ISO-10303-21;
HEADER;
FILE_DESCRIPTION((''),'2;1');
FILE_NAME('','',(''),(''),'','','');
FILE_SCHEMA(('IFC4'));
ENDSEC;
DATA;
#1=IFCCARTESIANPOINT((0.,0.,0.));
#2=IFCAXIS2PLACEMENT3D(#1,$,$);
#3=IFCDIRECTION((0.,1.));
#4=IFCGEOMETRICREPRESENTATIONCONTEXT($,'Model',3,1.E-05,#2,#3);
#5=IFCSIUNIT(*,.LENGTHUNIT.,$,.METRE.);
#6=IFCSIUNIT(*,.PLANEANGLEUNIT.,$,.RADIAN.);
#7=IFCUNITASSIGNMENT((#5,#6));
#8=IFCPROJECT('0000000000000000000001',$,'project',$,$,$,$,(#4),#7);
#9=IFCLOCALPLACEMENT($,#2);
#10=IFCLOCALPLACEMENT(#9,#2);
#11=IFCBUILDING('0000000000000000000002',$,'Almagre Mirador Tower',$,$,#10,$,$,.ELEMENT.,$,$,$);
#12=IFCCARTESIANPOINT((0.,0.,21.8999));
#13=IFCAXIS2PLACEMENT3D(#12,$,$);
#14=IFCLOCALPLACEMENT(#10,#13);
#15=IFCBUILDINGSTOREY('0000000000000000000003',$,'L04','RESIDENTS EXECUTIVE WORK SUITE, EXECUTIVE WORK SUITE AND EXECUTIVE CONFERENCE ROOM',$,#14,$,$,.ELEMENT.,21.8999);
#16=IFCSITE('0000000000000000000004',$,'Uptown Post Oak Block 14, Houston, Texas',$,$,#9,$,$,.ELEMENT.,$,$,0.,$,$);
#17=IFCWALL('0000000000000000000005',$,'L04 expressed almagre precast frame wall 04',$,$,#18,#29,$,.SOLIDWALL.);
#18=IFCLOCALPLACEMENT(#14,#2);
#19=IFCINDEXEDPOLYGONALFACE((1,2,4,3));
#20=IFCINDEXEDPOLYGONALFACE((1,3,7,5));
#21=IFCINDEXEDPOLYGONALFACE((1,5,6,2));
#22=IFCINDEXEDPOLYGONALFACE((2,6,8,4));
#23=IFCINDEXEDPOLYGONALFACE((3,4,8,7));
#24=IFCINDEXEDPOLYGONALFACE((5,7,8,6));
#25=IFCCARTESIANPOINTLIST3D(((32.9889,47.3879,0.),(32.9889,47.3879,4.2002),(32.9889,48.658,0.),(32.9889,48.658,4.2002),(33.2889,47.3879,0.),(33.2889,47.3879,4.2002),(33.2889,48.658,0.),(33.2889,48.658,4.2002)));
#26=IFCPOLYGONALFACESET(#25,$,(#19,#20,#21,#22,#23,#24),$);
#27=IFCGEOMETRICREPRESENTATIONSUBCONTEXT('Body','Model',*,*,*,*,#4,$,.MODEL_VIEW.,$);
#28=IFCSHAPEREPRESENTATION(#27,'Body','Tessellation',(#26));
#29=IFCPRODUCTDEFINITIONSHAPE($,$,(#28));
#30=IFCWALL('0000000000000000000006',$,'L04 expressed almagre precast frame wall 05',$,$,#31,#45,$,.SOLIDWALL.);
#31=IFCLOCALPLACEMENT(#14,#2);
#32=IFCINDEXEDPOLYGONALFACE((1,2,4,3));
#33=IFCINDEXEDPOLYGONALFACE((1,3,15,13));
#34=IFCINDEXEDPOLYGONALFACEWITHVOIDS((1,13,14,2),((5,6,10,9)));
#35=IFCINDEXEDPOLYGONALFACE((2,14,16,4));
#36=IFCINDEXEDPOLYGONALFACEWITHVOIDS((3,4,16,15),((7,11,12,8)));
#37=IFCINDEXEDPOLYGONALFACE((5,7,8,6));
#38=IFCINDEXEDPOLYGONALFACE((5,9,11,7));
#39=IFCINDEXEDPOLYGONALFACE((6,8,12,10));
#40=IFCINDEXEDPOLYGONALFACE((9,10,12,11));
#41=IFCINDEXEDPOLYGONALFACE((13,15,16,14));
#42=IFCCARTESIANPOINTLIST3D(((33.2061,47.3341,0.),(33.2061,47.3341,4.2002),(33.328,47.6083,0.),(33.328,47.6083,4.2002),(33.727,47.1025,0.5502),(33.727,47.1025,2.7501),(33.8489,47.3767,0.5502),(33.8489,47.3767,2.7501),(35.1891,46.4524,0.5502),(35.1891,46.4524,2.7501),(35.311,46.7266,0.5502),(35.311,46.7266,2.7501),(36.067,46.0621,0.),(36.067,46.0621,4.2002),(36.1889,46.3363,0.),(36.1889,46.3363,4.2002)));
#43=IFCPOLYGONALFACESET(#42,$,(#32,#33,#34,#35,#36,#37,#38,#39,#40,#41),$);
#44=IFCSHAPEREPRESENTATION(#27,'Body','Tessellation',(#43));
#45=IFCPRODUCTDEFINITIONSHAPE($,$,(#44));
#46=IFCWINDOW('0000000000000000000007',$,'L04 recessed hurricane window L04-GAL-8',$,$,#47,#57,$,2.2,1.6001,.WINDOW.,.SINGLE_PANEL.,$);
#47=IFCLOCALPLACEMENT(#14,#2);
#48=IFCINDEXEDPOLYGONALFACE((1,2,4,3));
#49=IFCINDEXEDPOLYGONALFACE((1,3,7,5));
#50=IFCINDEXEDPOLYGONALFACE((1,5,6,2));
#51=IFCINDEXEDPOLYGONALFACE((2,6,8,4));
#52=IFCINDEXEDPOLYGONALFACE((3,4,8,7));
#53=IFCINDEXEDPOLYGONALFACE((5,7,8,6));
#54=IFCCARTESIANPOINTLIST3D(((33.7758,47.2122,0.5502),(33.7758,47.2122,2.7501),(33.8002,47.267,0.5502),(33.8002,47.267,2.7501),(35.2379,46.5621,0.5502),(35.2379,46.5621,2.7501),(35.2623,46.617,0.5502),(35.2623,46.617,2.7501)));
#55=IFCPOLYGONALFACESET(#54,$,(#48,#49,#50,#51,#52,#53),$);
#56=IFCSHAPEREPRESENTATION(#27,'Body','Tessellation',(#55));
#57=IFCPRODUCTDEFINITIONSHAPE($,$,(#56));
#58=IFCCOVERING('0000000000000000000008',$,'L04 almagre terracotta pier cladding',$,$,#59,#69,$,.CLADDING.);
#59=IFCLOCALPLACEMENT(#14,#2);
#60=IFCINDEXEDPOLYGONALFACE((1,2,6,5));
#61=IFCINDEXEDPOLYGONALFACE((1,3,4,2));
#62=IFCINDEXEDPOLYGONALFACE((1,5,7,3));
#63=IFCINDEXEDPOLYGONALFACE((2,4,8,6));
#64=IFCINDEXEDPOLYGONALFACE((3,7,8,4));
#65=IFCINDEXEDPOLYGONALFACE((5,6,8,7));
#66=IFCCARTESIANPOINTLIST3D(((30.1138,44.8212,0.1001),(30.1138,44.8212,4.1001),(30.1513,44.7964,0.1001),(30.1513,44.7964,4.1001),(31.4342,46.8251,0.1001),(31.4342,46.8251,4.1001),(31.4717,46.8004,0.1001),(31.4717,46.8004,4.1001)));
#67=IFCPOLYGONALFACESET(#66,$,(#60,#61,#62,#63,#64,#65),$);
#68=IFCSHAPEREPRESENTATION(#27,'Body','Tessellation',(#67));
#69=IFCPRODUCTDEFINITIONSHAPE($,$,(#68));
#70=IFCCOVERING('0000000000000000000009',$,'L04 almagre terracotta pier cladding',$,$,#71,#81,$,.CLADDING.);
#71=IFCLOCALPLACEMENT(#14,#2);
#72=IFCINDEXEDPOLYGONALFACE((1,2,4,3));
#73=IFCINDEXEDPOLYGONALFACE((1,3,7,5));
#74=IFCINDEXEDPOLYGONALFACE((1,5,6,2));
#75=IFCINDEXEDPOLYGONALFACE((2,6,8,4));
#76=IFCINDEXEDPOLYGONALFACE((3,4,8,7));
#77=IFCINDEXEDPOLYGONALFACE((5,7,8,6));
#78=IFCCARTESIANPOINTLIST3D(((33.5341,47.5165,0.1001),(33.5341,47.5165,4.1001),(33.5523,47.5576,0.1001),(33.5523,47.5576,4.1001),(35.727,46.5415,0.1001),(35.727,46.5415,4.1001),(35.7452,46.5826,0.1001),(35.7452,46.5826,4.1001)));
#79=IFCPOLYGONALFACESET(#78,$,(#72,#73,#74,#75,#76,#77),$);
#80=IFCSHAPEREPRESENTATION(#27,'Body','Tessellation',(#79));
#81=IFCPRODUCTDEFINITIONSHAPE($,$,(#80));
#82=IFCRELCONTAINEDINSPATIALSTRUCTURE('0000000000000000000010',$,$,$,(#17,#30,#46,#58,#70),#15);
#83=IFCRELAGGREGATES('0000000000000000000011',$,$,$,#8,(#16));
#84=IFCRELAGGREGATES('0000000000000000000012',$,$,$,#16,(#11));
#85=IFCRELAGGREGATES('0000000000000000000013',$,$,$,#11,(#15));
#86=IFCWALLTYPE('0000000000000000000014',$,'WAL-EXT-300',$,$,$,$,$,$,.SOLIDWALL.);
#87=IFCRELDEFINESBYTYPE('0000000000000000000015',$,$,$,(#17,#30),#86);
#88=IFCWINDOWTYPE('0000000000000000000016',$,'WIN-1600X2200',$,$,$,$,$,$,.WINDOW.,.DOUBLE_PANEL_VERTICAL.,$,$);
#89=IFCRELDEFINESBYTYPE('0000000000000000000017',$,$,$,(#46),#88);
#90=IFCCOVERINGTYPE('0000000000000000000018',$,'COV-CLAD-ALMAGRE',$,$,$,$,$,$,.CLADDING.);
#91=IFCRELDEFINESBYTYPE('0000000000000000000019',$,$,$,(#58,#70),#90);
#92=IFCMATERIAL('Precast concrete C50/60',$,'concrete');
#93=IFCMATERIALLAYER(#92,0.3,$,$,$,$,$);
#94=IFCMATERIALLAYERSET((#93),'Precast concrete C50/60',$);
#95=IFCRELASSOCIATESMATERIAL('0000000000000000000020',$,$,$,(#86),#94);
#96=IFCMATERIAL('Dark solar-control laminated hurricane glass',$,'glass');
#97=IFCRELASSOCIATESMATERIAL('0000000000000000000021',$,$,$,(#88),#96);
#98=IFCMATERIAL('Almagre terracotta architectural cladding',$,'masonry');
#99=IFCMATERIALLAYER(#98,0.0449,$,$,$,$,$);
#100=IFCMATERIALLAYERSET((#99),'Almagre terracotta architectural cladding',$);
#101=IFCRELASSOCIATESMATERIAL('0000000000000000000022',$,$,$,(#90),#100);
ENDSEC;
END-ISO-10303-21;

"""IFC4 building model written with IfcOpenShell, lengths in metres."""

from ifc_helpers import new_model, si_unit, direction, frame, frame_2d, origin, origin_2d, place, context, subcontext, project, spatial, rectangle, extrude, material, layer, layer_set, type_object, element, fill, save


model = new_model("IFC4")

# Units and contexts
model_context = context("Model", 3, precision=1e-05, world=origin(), true_north=direction((0.0, 1.0)))
body_context = subcontext(model_context, "Body", "Model", "MODEL_VIEW")
ifc_project = project(units=[si_unit("LENGTHUNIT", "METRE"), si_unit("PLANEANGLEUNIT", "RADIAN")], contexts=[model_context])

# Site, building, storey
site_placement = place(None, origin())
site = spatial("IfcSite", under=ifc_project, at=site_placement, Name="Uptown Post Oak Block 14, Houston, Texas", CompositionType="ELEMENT", RefElevation=0.0)
building_placement = place(site_placement, origin())
building = spatial("IfcBuilding", under=site, at=building_placement, Name="Almagre Mirador Tower", CompositionType="ELEMENT")
storey_placement = place(building_placement, frame((0.0, 0.0, 21.8999)))
storey = spatial("IfcBuildingStorey", under=building, at=storey_placement, Name="L04", Description="RESIDENTS EXECUTIVE WORK SUITE, EXECUTIVE WORK SUITE AND EXECUTIVE CONFERENCE ROOM", CompositionType="ELEMENT", Elevation=21.8999)

# Shared definitions
ifc_material_1 = material(Name="Precast concrete C50/60", Category="concrete")
ifc_layer_1 = layer(ifc_material_1, 0.3)
ifc_layer_set_1 = layer_set([ifc_layer_1], Name="Precast concrete C50/60")
wall_type = type_object("IfcWallType", Name="WAL-EXT-300", PredefinedType="SOLIDWALL", material=ifc_layer_set_1)

# Wall
wall_1_placement = place(storey_placement, frame((33.1389, 48.658, 0.0), z_axis=(0.0, 0.0, 1.0), x_axis=(0.0, -1.0, 0.0)))
element("IfcWall", 1, at=wall_1_placement, inside=storey, type_object=wall_type, Name="L04 expressed almagre precast frame wall 04", PredefinedType="SOLIDWALL", context=body_context, shape_type="SweptSolid", body=[
    extrude(rectangle(XDim=1.27, YDim=0.3, at=frame_2d((0.635, 0.0))), origin(), (0.0, 0.0, 1.0), 4.2002),
])

# Wall, opening, window
wall_2_placement = place(storey_placement, frame((33.2671, 47.4712, 0.0), z_axis=(0.0, 0.0, 1.0), x_axis=(0.913754, -0.406269, 0.0)))
wall_2 = element("IfcWall", 2, at=wall_2_placement, inside=storey, type_object=wall_type, Name="L04 expressed almagre precast frame wall 05", PredefinedType="SOLIDWALL", context=body_context, shape_type="SweptSolid", body=[
    extrude(rectangle(XDim=3.1309, YDim=0.3, at=frame_2d((1.5654, 0.0))), origin(), (0.0, 0.0, 1.0), 4.2002),
])
opening_1_placement = place(wall_2_placement, frame((0.5701, 0.0, 0.55)))
opening_1 = element("IfcOpeningElement", 3, at=opening_1_placement, cuts=wall_2, PredefinedType="OPENING", context=body_context, shape_type="SweptSolid", body=[
    extrude(rectangle(XDim=1.6001, YDim=2.2, at=frame_2d((0.8, 1.1001))), frame((0.0, 0.1599, 0.0), z_axis=(0.0, -1.0, 0.0), x_axis=(1.0, 0.0, 0.0)), (0.0, 0.0, 1.0), 0.32),
])
ifc_material_2 = material(Name="Dark solar-control laminated hurricane glass", Category="glass")
window_type_1 = type_object("IfcWindowType", Name="WIN-1600X2200", PartitioningType="DOUBLE_PANEL_VERTICAL", PredefinedType="WINDOW", material=ifc_material_2)
window_1_placement = place(opening_1_placement, origin())
window_1 = element("IfcWindow", 4, at=window_1_placement, inside=storey, type_object=window_type_1, Name="L04 recessed hurricane window L04-GAL-8", OverallHeight=2.2, OverallWidth=1.6001, PartitioningType="SINGLE_PANEL", PredefinedType="WINDOW", context=body_context, shape_type="SweptSolid", body=[
    extrude(rectangle(XDim=1.6001, YDim=2.2, at=frame_2d((0.8, 1.1001))), frame((0.0, 0.03, 0.0), z_axis=(0.0, -1.0, 0.0), x_axis=(1.0, 0.0, 0.0)), (0.0, 0.0, 1.0), 0.0601),
])
fill(opening_1, window_1)

# Coverings
ifc_material_3 = material(Name="Almagre terracotta architectural cladding", Category="masonry")
ifc_layer_2 = layer(ifc_material_3, 0.0449)
ifc_layer_set_2 = layer_set([ifc_layer_2], Name="Almagre terracotta architectural cladding")
covering_type = type_object("IfcCoveringType", Name="COV-CLAD-ALMAGRE", PredefinedType="CLADDING", material=ifc_layer_set_2)
for number, where, z_axis, x_axis, name in (
    (5, (30.7927, 45.8108, 0.1001), (0.0, 0.0, 1.0), (0.550204, 0.83503, 0.0), "L04 almagre terracotta pier cladding"),
    (6, (34.6396, 47.0496, 0.1001), (0.0, 0.0, 1.0), (0.913751, -0.406274, 0.0), "L04 almagre terracotta pier cladding"),
):
    element("IfcCovering", number, at=place(storey_placement, frame(where, z_axis=z_axis, x_axis=x_axis)), inside=storey, type_object=covering_type, Name=name, PredefinedType="CLADDING", context=body_context, shape_type="SweptSolid", body=[
        extrude(rectangle(XDim=2.3999, YDim=0.0449, at=origin_2d()), origin(), (0.0, 0.0, 1.0), 4.0),
    ])

save(model, "model.ifc")
